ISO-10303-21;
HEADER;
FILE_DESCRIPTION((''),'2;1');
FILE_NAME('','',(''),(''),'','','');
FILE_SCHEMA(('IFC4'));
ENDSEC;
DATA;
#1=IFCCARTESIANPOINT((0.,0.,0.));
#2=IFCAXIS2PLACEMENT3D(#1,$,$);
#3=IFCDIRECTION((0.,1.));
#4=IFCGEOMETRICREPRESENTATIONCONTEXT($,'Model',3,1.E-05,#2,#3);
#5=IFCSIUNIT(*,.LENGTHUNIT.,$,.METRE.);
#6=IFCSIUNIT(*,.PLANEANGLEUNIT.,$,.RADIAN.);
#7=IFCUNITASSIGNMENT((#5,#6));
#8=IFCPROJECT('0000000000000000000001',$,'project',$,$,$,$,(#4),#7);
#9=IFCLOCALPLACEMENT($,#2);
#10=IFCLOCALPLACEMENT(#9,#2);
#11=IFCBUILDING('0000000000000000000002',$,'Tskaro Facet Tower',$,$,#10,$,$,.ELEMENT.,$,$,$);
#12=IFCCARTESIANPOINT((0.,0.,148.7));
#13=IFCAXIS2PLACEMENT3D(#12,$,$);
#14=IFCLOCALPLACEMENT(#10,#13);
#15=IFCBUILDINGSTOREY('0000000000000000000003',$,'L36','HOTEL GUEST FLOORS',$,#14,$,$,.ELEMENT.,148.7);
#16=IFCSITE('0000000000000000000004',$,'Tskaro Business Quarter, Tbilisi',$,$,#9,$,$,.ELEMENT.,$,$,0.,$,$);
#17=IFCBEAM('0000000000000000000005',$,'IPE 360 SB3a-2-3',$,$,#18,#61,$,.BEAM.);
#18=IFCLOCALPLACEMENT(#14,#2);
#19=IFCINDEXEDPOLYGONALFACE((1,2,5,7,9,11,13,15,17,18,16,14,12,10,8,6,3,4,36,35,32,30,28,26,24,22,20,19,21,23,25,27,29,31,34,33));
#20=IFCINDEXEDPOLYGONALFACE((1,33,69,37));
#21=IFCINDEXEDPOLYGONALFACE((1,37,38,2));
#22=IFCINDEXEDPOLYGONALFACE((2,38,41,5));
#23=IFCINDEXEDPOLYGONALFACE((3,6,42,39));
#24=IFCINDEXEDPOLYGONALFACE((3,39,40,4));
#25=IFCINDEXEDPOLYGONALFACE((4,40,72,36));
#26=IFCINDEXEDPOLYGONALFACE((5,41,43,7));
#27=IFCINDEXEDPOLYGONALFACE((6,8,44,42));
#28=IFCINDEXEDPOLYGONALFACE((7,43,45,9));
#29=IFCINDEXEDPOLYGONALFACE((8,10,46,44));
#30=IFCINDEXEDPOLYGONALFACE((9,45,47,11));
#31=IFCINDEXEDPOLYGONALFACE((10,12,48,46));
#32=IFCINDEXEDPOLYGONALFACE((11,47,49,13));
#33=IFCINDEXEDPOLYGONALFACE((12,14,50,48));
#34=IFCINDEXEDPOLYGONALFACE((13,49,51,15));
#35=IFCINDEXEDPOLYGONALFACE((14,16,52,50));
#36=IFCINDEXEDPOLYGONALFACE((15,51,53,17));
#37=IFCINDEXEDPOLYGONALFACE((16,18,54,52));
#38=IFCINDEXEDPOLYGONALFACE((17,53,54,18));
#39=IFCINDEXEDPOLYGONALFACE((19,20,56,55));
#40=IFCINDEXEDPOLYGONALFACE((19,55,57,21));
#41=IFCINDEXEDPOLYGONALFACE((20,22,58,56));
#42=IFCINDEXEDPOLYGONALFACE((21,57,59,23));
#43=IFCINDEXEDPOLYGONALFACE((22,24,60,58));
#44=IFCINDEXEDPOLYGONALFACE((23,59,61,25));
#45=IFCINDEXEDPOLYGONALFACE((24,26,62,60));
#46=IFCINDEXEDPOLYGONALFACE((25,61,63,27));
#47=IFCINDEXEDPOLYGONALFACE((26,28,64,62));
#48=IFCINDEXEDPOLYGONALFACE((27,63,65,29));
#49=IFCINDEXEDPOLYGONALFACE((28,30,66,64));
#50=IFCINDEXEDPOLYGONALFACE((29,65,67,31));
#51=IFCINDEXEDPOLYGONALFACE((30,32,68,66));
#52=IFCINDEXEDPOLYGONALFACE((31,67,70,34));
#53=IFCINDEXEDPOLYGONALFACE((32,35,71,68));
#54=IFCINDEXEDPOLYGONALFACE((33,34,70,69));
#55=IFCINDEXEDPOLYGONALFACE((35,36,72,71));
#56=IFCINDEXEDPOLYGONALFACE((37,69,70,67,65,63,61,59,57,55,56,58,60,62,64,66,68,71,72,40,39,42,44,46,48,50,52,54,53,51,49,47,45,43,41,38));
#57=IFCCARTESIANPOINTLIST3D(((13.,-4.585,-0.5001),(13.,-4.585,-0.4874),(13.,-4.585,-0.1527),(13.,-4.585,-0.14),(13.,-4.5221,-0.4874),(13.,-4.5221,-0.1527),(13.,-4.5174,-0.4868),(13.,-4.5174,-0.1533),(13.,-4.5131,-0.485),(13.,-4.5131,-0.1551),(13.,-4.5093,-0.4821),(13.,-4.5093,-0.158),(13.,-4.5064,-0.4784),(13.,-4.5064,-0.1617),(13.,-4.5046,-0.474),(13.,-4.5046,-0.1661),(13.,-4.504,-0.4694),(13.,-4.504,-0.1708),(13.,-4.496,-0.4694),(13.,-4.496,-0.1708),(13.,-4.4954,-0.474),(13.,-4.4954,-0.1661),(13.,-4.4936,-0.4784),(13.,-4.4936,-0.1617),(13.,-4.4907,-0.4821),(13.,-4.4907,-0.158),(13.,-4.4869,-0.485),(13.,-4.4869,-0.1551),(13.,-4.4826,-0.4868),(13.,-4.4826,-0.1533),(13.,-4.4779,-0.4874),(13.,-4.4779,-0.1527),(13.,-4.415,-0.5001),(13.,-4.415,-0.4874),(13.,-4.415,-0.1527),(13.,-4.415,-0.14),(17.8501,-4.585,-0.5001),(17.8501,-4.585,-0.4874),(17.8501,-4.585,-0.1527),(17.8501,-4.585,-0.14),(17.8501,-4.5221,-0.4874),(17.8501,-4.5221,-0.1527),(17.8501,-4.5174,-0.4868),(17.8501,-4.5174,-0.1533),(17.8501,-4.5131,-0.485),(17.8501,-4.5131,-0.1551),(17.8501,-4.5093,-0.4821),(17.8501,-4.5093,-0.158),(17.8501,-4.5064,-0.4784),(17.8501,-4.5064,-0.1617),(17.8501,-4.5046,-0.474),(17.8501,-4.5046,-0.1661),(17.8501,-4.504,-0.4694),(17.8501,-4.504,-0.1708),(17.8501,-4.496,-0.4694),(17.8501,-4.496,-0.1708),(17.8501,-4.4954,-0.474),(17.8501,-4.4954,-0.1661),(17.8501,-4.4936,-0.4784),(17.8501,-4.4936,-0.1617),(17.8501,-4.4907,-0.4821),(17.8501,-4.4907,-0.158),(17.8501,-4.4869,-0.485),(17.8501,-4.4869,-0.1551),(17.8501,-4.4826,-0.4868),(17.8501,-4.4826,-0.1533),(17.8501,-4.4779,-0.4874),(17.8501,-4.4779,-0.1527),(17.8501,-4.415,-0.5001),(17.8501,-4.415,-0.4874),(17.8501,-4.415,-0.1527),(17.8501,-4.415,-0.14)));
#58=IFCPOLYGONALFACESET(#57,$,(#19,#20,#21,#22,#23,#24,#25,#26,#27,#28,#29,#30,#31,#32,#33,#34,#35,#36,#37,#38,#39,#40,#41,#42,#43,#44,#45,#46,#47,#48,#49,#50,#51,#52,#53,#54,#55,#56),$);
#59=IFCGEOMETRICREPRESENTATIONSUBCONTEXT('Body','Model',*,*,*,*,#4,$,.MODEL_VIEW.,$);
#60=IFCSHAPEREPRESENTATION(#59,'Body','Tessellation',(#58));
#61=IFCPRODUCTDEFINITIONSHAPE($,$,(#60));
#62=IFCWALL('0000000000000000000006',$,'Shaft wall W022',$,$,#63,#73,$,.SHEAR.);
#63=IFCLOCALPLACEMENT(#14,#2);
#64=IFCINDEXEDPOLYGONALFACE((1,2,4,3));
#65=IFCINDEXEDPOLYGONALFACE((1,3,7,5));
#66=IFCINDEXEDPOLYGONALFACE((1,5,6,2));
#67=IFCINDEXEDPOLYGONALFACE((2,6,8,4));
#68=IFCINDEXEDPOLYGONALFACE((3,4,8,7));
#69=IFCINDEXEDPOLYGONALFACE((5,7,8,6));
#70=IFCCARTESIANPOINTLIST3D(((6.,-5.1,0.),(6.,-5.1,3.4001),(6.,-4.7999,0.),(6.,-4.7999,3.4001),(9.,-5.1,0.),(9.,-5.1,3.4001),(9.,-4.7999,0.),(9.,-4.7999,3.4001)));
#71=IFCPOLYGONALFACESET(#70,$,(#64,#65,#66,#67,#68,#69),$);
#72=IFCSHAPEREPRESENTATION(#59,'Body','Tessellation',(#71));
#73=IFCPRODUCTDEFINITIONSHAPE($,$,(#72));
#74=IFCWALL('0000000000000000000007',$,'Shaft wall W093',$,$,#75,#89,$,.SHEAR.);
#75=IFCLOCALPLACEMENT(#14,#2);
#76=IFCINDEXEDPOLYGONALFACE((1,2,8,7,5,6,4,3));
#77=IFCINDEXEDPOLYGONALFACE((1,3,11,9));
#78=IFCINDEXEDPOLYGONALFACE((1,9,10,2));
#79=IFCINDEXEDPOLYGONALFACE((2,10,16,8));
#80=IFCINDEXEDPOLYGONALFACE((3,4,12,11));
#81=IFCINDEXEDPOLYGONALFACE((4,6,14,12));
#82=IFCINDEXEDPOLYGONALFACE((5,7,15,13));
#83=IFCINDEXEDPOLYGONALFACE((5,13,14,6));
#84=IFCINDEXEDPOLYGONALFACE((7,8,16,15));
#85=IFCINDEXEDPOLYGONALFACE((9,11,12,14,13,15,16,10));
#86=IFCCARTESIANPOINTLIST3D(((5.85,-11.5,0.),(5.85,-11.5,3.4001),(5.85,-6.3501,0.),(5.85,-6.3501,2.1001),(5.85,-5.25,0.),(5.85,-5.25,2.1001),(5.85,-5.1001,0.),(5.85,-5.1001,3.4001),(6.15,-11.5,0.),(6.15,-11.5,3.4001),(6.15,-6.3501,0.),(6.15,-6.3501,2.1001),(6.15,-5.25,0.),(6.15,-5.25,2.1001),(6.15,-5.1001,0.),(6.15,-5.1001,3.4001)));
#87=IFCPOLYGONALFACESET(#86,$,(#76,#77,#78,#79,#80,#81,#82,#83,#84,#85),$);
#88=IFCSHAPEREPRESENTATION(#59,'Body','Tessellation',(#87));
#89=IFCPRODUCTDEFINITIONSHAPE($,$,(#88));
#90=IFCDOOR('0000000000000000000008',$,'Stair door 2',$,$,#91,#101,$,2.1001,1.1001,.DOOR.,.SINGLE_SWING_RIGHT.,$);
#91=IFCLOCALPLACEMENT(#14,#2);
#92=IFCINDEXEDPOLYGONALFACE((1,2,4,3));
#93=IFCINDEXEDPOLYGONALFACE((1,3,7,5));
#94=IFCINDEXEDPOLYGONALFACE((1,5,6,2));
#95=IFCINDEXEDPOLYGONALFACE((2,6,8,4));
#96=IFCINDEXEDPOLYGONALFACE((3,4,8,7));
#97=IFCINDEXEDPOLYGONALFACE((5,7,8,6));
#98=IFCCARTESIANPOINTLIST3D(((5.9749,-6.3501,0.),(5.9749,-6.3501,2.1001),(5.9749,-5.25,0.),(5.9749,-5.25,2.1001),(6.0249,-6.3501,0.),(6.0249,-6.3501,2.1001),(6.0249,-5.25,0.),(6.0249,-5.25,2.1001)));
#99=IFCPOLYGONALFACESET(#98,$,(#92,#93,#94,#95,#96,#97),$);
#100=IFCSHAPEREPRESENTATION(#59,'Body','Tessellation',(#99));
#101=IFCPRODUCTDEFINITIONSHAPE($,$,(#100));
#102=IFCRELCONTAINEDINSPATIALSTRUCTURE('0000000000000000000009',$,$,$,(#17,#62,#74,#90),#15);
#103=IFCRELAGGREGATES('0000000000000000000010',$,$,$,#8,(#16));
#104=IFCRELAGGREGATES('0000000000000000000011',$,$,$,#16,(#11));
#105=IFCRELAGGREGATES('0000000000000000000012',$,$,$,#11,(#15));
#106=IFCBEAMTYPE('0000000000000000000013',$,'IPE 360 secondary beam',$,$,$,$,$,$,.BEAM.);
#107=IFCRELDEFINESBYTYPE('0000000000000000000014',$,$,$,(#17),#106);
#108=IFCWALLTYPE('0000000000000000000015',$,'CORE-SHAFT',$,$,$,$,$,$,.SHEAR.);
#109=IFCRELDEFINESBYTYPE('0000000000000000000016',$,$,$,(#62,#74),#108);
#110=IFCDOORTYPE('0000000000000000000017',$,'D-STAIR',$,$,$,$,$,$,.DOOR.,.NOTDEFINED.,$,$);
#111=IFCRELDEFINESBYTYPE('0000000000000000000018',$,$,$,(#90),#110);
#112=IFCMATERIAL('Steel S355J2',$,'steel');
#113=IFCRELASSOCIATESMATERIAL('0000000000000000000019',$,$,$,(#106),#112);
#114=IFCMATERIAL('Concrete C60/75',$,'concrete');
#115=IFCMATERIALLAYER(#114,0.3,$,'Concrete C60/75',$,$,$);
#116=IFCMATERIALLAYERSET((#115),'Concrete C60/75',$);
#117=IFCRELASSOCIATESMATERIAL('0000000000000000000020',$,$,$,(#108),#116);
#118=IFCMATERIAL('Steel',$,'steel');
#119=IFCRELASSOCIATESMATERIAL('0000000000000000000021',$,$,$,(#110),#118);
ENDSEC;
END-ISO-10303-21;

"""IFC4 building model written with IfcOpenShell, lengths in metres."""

from ifc_helpers import new_model, si_unit, direction, frame, frame_2d, origin, origin_2d, place, context, subcontext, project, spatial, rectangle, i_section, extrude, material, layer, layer_set, material_profile, profile_set, type_object, element, fill, save


model = new_model("IFC4")

# Units and contexts
model_context = context("Model", 3, precision=1e-05, world=origin(), true_north=direction((0.0, 1.0)))
body_context = subcontext(model_context, "Body", "Model", "MODEL_VIEW")
ifc_project = project(units=[si_unit("LENGTHUNIT", "METRE"), si_unit("PLANEANGLEUNIT", "RADIAN")], contexts=[model_context])

# Site, building, storey
site_placement = place(None, origin())
site = spatial("IfcSite", under=ifc_project, at=site_placement, Name="Tskaro Business Quarter, Tbilisi", CompositionType="ELEMENT", RefElevation=0.0)
building_placement = place(site_placement, origin())
building = spatial("IfcBuilding", under=site, at=building_placement, Name="Tskaro Facet Tower", CompositionType="ELEMENT")
storey_placement = place(building_placement, frame((0.0, 0.0, 148.7)))
storey = spatial("IfcBuildingStorey", under=building, at=storey_placement, Name="L36", Description="HOTEL GUEST FLOORS", CompositionType="ELEMENT", Elevation=148.7)

# Beam
ifc_material_1 = material(Name="Steel S355J2", Category="steel")
ifc_material_profile = material_profile(ifc_material_1, i_section(OverallWidth=0.1699, OverallDepth=0.3601, WebThickness=0.0081, FlangeThickness=0.0127, FilletRadius=0.0181, at=origin_2d()), Name="IPE 360")
ifc_profile_set = profile_set([ifc_material_profile], Name="Steel S355J2")
beam_type = type_object("IfcBeamType", Name="IPE 360 secondary beam", PredefinedType="BEAM", material=ifc_profile_set)
beam_placement = place(storey_placement, frame((13.0, -4.5, -0.3201), z_axis=(1.0, 0.0, 0.0), x_axis=(0.0, 1.0, 0.0)))
element("IfcBeam", 1, at=beam_placement, inside=storey, type_object=beam_type, Name="IPE 360 SB3a-2-3", PredefinedType="BEAM", context=body_context, shape_type="SweptSolid", body=[
    extrude(i_section(OverallWidth=0.1699, OverallDepth=0.3601, WebThickness=0.0081, FlangeThickness=0.0127, FilletRadius=0.0181, at=origin_2d()), origin(), (0.0, 0.0, 1.0), 4.8501),
])

# Wall
ifc_material_2 = material(Name="Concrete C60/75", Category="concrete")
ifc_layer_1 = layer(ifc_material_2, 0.3, Name="Concrete C60/75")
ifc_layer_set_1 = layer_set([ifc_layer_1], Name="Concrete C60/75")
wall_type_1 = type_object("IfcWallType", Name="CORE-SHAFT", PredefinedType="SHEAR", material=ifc_layer_set_1)
wall_1_placement = place(storey_placement, frame((6.0, -4.95, 0.0), z_axis=(0.0, 0.0, 1.0), x_axis=(1.0, 0.0, 0.0)))
element("IfcWall", 2, at=wall_1_placement, inside=storey, type_object=wall_type_1, Name="Shaft wall W022", PredefinedType="SHEAR", context=body_context, shape_type="SweptSolid", body=[
    extrude(rectangle(XDim=3.0, YDim=0.3, at=frame_2d((1.5, 0.0))), origin(), (0.0, 0.0, 1.0), 3.4001),
])

# Wall, opening, door
wall_2_placement = place(storey_placement, frame((6.0, -5.1001, 0.0), z_axis=(0.0, 0.0, 1.0), x_axis=(0.0, -1.0, 0.0)))
wall_2 = element("IfcWall", 3, at=wall_2_placement, inside=storey, type_object=wall_type_1, Name="Shaft wall W093", PredefinedType="SHEAR", context=body_context, shape_type="SweptSolid", body=[
    extrude(rectangle(XDim=6.3999, YDim=0.3, at=frame_2d((3.2, 0.0))), origin(), (0.0, 0.0, 1.0), 3.4001),
])
opening_1_placement = place(wall_2_placement, frame((0.1499, 0.0, 0.0)))
opening_1 = element("IfcOpeningElement", 4, at=opening_1_placement, cuts=wall_2, PredefinedType="OPENING", context=body_context, shape_type="SweptSolid", body=[
    extrude(rectangle(XDim=1.1001, YDim=2.1001, at=frame_2d((0.55, 1.05))), frame((0.0, 0.1599, 0.0), z_axis=(0.0, -1.0, 0.0), x_axis=(1.0, 0.0, 0.0)), (0.0, 0.0, 1.0), 0.3201),
])
ifc_material_3 = material(Name="Steel", Category="steel")
door_type_1 = type_object("IfcDoorType", Name="D-STAIR", OperationType="NOTDEFINED", PredefinedType="DOOR", material=ifc_material_3)
door_1_placement = place(opening_1_placement, origin())
door_1 = element("IfcDoor", 5, at=door_1_placement, inside=storey, type_object=door_type_1, Name="Stair door 2", OperationType="SINGLE_SWING_RIGHT", OverallHeight=2.1001, OverallWidth=1.1001, PredefinedType="DOOR", context=body_context, shape_type="SweptSolid", body=[
    extrude(rectangle(XDim=1.1001, YDim=2.1001, at=frame_2d((0.55, 1.05))), frame((0.0, 0.0249, 0.0), z_axis=(0.0, -1.0, 0.0), x_axis=(1.0, 0.0, 0.0)), (0.0, 0.0, 1.0), 0.05),
])
fill(opening_1, door_1)

save(model, "model.ifc")
